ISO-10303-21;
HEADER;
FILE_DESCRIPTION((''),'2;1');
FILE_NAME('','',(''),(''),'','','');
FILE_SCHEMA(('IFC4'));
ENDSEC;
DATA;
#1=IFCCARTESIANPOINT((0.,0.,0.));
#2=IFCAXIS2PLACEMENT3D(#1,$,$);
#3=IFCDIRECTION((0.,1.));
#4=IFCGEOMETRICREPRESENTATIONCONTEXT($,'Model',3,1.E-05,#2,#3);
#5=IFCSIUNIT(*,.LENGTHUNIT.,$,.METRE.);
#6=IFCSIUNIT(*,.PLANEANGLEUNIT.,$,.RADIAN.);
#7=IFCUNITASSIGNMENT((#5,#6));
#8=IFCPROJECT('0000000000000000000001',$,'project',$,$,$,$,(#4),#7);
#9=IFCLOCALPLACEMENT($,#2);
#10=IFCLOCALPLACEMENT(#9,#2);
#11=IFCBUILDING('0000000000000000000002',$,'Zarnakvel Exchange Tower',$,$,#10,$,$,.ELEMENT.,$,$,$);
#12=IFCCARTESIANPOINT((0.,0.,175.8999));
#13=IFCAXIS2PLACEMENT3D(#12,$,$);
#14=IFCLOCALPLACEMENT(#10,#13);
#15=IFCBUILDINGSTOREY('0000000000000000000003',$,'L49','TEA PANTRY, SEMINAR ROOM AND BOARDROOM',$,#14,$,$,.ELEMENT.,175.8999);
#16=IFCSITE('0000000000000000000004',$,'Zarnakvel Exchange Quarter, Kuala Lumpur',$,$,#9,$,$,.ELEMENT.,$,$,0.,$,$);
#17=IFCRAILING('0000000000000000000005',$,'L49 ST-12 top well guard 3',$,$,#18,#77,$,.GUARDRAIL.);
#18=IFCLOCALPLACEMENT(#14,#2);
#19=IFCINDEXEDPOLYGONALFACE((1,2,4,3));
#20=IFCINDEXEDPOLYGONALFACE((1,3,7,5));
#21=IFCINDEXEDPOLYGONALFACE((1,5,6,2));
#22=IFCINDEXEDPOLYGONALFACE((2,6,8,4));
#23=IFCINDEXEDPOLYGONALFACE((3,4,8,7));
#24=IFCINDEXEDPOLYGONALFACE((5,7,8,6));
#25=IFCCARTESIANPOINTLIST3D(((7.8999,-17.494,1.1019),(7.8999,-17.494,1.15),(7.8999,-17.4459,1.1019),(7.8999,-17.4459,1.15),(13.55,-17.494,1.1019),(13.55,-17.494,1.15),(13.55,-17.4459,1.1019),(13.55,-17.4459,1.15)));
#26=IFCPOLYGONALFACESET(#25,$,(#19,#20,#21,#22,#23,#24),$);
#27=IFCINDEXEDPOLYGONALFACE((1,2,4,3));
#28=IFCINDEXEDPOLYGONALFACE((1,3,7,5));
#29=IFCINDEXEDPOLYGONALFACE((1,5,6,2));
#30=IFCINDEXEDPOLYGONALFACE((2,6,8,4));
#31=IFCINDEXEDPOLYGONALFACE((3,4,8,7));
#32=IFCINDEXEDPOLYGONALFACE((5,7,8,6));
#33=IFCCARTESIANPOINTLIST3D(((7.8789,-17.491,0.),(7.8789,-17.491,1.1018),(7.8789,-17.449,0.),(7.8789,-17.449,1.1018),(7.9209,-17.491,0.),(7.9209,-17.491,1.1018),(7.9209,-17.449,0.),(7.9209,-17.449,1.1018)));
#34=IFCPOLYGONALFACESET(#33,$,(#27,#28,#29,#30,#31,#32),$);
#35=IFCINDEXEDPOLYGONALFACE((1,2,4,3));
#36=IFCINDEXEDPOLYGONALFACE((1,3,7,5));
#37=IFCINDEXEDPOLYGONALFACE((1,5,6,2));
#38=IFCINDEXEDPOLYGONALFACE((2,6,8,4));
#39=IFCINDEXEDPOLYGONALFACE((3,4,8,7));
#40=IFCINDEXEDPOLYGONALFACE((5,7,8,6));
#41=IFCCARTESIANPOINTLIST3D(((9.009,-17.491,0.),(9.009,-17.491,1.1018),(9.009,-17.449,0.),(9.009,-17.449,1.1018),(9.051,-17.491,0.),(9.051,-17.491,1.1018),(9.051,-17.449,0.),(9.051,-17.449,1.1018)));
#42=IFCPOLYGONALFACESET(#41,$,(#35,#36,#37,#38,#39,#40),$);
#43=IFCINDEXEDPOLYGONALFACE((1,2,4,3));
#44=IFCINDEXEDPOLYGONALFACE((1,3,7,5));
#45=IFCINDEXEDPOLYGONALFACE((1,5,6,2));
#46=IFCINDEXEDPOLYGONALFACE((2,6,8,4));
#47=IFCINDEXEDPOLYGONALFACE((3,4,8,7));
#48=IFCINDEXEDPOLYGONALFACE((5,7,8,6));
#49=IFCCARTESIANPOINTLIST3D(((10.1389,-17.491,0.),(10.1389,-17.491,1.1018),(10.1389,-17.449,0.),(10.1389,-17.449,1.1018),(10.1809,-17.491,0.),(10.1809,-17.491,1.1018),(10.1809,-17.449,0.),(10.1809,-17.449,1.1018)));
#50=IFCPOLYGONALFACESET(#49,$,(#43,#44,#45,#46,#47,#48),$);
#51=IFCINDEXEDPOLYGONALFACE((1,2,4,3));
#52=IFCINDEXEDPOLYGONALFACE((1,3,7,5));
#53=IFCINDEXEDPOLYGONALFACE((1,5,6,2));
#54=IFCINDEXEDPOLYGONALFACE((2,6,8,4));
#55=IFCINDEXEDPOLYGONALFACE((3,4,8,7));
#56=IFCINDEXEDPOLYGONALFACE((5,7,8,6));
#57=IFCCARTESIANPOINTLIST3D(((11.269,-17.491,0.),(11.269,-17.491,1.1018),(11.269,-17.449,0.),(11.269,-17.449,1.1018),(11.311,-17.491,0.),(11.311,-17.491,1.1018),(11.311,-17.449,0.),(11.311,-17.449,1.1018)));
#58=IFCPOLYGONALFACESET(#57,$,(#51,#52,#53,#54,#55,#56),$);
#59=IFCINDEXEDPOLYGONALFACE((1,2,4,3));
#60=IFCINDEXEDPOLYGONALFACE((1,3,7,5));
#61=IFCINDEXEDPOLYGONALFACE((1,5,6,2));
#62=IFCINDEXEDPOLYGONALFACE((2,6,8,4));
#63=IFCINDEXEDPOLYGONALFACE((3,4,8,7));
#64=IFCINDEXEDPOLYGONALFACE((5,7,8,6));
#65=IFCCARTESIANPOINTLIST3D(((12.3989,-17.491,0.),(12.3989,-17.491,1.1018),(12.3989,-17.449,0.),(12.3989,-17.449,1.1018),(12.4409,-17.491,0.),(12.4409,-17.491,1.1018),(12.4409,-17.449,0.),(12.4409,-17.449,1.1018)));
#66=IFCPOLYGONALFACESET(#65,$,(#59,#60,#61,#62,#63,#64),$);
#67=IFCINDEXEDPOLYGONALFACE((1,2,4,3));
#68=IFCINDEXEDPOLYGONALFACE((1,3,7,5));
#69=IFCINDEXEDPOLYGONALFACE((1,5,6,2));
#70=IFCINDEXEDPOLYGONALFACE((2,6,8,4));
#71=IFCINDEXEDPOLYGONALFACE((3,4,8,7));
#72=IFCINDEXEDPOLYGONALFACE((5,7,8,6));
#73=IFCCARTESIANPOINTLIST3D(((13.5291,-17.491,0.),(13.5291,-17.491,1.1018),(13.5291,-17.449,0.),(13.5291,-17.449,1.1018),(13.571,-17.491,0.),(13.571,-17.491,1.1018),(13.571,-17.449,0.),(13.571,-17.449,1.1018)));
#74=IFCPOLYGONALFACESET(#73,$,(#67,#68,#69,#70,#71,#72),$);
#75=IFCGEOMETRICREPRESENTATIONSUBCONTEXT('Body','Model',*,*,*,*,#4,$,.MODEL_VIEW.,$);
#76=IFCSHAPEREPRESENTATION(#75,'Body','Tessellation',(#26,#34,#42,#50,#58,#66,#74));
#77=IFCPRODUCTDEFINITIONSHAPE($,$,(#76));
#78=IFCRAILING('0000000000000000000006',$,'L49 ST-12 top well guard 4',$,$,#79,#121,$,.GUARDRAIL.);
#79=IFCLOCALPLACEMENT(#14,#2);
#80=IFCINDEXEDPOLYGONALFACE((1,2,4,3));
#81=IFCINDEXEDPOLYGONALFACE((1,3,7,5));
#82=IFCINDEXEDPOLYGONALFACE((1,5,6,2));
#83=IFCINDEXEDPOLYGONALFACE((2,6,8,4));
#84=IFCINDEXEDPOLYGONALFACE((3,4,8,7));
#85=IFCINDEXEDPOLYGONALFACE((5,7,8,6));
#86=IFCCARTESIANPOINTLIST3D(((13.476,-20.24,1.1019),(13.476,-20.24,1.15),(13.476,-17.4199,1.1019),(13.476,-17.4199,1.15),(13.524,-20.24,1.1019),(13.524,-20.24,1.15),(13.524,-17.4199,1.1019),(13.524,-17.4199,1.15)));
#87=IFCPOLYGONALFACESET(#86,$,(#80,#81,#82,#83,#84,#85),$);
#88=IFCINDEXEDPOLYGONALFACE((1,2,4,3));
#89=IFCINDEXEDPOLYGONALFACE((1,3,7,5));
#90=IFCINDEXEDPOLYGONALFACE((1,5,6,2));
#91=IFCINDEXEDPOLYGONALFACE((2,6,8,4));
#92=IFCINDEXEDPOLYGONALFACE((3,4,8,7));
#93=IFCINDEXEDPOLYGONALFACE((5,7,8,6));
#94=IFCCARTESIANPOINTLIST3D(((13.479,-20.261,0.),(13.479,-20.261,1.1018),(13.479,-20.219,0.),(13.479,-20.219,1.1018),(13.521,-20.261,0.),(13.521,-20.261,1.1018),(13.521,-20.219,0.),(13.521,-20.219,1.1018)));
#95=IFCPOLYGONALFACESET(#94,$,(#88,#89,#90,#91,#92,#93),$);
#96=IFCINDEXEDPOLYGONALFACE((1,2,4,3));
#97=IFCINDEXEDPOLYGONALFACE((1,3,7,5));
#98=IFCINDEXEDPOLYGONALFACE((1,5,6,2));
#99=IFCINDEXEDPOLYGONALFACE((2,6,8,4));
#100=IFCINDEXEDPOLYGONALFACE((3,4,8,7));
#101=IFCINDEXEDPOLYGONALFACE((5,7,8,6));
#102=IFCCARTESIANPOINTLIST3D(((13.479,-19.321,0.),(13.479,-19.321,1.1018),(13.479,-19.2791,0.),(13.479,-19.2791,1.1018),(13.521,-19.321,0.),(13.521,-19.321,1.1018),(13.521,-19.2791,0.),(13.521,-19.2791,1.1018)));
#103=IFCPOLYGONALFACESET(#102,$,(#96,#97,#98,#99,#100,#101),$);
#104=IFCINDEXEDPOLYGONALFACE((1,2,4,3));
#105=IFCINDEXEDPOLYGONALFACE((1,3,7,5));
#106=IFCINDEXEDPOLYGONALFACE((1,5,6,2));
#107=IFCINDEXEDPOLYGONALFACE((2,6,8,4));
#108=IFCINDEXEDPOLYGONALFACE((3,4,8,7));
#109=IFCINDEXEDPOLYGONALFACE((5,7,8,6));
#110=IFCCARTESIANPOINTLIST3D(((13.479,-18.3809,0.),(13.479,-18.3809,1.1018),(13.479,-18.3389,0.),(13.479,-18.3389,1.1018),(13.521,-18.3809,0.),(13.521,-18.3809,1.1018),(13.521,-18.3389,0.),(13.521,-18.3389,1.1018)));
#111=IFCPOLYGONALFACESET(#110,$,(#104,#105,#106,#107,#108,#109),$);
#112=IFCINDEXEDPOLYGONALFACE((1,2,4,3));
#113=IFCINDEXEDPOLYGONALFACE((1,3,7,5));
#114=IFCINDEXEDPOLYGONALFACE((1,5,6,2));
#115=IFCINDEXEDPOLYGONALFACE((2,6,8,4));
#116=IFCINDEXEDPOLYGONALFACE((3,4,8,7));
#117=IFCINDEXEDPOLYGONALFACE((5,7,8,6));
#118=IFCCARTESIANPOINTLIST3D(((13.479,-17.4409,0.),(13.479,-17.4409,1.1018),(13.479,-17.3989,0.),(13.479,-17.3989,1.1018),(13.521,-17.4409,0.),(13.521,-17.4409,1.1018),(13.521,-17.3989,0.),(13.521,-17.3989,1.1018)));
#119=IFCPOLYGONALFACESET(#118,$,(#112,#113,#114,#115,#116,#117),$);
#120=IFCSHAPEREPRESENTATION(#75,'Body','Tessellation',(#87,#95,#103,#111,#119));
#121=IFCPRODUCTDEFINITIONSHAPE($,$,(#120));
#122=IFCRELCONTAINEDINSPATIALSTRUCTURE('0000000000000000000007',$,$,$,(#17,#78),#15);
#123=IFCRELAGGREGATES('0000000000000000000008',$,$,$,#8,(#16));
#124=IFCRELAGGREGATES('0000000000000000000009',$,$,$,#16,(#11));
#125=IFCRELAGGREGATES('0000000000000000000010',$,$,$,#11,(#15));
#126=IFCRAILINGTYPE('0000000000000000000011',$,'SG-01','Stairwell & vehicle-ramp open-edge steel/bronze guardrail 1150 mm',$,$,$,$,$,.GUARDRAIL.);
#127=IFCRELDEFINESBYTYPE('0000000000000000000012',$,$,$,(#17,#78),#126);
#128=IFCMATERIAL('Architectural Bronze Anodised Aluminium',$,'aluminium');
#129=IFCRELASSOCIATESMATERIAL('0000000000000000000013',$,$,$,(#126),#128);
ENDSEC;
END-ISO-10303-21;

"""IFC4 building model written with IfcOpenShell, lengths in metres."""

from ifc_helpers import new_model, si_unit, direction, frame, origin, origin_2d, place, context, subcontext, project, spatial, rectangle, extrude, material, type_object, element, save


model = new_model("IFC4")

# Units and contexts
model_context = context("Model", 3, precision=1e-05, world=origin(), true_north=direction((0.0, 1.0)))
body_context = subcontext(model_context, "Body", "Model", "MODEL_VIEW")
ifc_project = project(units=[si_unit("LENGTHUNIT", "METRE"), si_unit("PLANEANGLEUNIT", "RADIAN")], contexts=[model_context])

# Site, building, storey
site_placement = place(None, origin())
site = spatial("IfcSite", under=ifc_project, at=site_placement, Name="Zarnakvel Exchange Quarter, Kuala Lumpur", CompositionType="ELEMENT", RefElevation=0.0)
building_placement = place(site_placement, origin())
building = spatial("IfcBuilding", under=site, at=building_placement, Name="Zarnakvel Exchange Tower", CompositionType="ELEMENT")
storey_placement = place(building_placement, frame((0.0, 0.0, 175.8999)))
storey = spatial("IfcBuildingStorey", under=building, at=storey_placement, Name="L49", Description="TEA PANTRY, SEMINAR ROOM AND BOARDROOM", CompositionType="ELEMENT", Elevation=175.8999)

# Shared definitions
ifc_material_1 = material(Name="Architectural Bronze Anodised Aluminium", Category="aluminium")

# Railings
railing_type_1 = type_object("IfcRailingType", Name="SG-01", Description="Stairwell & vehicle-ramp open-edge steel/bronze guardrail 1150 mm", PredefinedType="GUARDRAIL", material=ifc_material_1)
for number, where, name in (
    (1, (7.8999, -17.47, 0.0), "L49 ST-12 top well guard 3"),
):
    element("IfcRailing", number, at=place(storey_placement, frame(where)), inside=storey, type_object=railing_type_1, Name=name, PredefinedType="GUARDRAIL", context=body_context, shape_type="SweptSolid", body=[
        extrude(rectangle(XDim=0.0481, YDim=0.0481, at=origin_2d()), frame((0.0, 0.0, 1.126), z_axis=(1.0, 0.0, 0.0), x_axis=(0.0, 1.0, 0.0)), (0.0, 0.0, 1.0), 5.6501),
        extrude(rectangle(XDim=0.042, YDim=0.042, at=origin_2d()), origin(), (0.0, 0.0, 1.0), 1.1018),
        extrude(rectangle(XDim=0.042, YDim=0.042, at=origin_2d()), frame((1.1301, 0.0, 0.0)), (0.0, 0.0, 1.0), 1.1018),
        extrude(rectangle(XDim=0.042, YDim=0.042, at=origin_2d()), frame((2.26, 0.0, 0.0)), (0.0, 0.0, 1.0), 1.1018),
        extrude(rectangle(XDim=0.042, YDim=0.042, at=origin_2d()), frame((3.3901, 0.0, 0.0)), (0.0, 0.0, 1.0), 1.1018),
        extrude(rectangle(XDim=0.042, YDim=0.042, at=origin_2d()), frame((4.52, 0.0, 0.0)), (0.0, 0.0, 1.0), 1.1018),
        extrude(rectangle(XDim=0.042, YDim=0.042, at=origin_2d()), frame((5.6501, 0.0, 0.0)), (0.0, 0.0, 1.0), 1.1018),
    ])
railing_1_placement = place(storey_placement, frame((13.5, -20.24, 0.0)))
element("IfcRailing", 2, at=railing_1_placement, inside=storey, type_object=railing_type_1, Name="L49 ST-12 top well guard 4", PredefinedType="GUARDRAIL", context=body_context, shape_type="SweptSolid", body=[
    extrude(rectangle(XDim=0.0481, YDim=0.0481, at=origin_2d()), frame((0.0, 0.0, 1.126), z_axis=(0.0, 1.0, 0.0), x_axis=(-1.0, 0.0, 0.0)), (0.0, 0.0, 1.0), 2.8201),
    extrude(rectangle(XDim=0.042, YDim=0.042, at=origin_2d()), origin(), (0.0, 0.0, 1.0), 1.1018),
    extrude(rectangle(XDim=0.042, YDim=0.042, at=origin_2d()), frame((0.0, 0.9399, 0.0)), (0.0, 0.0, 1.0), 1.1018),
    extrude(rectangle(XDim=0.042, YDim=0.042, at=origin_2d()), frame((0.0, 1.8801, 0.0)), (0.0, 0.0, 1.0), 1.1018),
    extrude(rectangle(XDim=0.042, YDim=0.042, at=origin_2d()), frame((0.0, 2.8201, 0.0)), (0.0, 0.0, 1.0), 1.1018),
])

save(model, "model.ifc")
